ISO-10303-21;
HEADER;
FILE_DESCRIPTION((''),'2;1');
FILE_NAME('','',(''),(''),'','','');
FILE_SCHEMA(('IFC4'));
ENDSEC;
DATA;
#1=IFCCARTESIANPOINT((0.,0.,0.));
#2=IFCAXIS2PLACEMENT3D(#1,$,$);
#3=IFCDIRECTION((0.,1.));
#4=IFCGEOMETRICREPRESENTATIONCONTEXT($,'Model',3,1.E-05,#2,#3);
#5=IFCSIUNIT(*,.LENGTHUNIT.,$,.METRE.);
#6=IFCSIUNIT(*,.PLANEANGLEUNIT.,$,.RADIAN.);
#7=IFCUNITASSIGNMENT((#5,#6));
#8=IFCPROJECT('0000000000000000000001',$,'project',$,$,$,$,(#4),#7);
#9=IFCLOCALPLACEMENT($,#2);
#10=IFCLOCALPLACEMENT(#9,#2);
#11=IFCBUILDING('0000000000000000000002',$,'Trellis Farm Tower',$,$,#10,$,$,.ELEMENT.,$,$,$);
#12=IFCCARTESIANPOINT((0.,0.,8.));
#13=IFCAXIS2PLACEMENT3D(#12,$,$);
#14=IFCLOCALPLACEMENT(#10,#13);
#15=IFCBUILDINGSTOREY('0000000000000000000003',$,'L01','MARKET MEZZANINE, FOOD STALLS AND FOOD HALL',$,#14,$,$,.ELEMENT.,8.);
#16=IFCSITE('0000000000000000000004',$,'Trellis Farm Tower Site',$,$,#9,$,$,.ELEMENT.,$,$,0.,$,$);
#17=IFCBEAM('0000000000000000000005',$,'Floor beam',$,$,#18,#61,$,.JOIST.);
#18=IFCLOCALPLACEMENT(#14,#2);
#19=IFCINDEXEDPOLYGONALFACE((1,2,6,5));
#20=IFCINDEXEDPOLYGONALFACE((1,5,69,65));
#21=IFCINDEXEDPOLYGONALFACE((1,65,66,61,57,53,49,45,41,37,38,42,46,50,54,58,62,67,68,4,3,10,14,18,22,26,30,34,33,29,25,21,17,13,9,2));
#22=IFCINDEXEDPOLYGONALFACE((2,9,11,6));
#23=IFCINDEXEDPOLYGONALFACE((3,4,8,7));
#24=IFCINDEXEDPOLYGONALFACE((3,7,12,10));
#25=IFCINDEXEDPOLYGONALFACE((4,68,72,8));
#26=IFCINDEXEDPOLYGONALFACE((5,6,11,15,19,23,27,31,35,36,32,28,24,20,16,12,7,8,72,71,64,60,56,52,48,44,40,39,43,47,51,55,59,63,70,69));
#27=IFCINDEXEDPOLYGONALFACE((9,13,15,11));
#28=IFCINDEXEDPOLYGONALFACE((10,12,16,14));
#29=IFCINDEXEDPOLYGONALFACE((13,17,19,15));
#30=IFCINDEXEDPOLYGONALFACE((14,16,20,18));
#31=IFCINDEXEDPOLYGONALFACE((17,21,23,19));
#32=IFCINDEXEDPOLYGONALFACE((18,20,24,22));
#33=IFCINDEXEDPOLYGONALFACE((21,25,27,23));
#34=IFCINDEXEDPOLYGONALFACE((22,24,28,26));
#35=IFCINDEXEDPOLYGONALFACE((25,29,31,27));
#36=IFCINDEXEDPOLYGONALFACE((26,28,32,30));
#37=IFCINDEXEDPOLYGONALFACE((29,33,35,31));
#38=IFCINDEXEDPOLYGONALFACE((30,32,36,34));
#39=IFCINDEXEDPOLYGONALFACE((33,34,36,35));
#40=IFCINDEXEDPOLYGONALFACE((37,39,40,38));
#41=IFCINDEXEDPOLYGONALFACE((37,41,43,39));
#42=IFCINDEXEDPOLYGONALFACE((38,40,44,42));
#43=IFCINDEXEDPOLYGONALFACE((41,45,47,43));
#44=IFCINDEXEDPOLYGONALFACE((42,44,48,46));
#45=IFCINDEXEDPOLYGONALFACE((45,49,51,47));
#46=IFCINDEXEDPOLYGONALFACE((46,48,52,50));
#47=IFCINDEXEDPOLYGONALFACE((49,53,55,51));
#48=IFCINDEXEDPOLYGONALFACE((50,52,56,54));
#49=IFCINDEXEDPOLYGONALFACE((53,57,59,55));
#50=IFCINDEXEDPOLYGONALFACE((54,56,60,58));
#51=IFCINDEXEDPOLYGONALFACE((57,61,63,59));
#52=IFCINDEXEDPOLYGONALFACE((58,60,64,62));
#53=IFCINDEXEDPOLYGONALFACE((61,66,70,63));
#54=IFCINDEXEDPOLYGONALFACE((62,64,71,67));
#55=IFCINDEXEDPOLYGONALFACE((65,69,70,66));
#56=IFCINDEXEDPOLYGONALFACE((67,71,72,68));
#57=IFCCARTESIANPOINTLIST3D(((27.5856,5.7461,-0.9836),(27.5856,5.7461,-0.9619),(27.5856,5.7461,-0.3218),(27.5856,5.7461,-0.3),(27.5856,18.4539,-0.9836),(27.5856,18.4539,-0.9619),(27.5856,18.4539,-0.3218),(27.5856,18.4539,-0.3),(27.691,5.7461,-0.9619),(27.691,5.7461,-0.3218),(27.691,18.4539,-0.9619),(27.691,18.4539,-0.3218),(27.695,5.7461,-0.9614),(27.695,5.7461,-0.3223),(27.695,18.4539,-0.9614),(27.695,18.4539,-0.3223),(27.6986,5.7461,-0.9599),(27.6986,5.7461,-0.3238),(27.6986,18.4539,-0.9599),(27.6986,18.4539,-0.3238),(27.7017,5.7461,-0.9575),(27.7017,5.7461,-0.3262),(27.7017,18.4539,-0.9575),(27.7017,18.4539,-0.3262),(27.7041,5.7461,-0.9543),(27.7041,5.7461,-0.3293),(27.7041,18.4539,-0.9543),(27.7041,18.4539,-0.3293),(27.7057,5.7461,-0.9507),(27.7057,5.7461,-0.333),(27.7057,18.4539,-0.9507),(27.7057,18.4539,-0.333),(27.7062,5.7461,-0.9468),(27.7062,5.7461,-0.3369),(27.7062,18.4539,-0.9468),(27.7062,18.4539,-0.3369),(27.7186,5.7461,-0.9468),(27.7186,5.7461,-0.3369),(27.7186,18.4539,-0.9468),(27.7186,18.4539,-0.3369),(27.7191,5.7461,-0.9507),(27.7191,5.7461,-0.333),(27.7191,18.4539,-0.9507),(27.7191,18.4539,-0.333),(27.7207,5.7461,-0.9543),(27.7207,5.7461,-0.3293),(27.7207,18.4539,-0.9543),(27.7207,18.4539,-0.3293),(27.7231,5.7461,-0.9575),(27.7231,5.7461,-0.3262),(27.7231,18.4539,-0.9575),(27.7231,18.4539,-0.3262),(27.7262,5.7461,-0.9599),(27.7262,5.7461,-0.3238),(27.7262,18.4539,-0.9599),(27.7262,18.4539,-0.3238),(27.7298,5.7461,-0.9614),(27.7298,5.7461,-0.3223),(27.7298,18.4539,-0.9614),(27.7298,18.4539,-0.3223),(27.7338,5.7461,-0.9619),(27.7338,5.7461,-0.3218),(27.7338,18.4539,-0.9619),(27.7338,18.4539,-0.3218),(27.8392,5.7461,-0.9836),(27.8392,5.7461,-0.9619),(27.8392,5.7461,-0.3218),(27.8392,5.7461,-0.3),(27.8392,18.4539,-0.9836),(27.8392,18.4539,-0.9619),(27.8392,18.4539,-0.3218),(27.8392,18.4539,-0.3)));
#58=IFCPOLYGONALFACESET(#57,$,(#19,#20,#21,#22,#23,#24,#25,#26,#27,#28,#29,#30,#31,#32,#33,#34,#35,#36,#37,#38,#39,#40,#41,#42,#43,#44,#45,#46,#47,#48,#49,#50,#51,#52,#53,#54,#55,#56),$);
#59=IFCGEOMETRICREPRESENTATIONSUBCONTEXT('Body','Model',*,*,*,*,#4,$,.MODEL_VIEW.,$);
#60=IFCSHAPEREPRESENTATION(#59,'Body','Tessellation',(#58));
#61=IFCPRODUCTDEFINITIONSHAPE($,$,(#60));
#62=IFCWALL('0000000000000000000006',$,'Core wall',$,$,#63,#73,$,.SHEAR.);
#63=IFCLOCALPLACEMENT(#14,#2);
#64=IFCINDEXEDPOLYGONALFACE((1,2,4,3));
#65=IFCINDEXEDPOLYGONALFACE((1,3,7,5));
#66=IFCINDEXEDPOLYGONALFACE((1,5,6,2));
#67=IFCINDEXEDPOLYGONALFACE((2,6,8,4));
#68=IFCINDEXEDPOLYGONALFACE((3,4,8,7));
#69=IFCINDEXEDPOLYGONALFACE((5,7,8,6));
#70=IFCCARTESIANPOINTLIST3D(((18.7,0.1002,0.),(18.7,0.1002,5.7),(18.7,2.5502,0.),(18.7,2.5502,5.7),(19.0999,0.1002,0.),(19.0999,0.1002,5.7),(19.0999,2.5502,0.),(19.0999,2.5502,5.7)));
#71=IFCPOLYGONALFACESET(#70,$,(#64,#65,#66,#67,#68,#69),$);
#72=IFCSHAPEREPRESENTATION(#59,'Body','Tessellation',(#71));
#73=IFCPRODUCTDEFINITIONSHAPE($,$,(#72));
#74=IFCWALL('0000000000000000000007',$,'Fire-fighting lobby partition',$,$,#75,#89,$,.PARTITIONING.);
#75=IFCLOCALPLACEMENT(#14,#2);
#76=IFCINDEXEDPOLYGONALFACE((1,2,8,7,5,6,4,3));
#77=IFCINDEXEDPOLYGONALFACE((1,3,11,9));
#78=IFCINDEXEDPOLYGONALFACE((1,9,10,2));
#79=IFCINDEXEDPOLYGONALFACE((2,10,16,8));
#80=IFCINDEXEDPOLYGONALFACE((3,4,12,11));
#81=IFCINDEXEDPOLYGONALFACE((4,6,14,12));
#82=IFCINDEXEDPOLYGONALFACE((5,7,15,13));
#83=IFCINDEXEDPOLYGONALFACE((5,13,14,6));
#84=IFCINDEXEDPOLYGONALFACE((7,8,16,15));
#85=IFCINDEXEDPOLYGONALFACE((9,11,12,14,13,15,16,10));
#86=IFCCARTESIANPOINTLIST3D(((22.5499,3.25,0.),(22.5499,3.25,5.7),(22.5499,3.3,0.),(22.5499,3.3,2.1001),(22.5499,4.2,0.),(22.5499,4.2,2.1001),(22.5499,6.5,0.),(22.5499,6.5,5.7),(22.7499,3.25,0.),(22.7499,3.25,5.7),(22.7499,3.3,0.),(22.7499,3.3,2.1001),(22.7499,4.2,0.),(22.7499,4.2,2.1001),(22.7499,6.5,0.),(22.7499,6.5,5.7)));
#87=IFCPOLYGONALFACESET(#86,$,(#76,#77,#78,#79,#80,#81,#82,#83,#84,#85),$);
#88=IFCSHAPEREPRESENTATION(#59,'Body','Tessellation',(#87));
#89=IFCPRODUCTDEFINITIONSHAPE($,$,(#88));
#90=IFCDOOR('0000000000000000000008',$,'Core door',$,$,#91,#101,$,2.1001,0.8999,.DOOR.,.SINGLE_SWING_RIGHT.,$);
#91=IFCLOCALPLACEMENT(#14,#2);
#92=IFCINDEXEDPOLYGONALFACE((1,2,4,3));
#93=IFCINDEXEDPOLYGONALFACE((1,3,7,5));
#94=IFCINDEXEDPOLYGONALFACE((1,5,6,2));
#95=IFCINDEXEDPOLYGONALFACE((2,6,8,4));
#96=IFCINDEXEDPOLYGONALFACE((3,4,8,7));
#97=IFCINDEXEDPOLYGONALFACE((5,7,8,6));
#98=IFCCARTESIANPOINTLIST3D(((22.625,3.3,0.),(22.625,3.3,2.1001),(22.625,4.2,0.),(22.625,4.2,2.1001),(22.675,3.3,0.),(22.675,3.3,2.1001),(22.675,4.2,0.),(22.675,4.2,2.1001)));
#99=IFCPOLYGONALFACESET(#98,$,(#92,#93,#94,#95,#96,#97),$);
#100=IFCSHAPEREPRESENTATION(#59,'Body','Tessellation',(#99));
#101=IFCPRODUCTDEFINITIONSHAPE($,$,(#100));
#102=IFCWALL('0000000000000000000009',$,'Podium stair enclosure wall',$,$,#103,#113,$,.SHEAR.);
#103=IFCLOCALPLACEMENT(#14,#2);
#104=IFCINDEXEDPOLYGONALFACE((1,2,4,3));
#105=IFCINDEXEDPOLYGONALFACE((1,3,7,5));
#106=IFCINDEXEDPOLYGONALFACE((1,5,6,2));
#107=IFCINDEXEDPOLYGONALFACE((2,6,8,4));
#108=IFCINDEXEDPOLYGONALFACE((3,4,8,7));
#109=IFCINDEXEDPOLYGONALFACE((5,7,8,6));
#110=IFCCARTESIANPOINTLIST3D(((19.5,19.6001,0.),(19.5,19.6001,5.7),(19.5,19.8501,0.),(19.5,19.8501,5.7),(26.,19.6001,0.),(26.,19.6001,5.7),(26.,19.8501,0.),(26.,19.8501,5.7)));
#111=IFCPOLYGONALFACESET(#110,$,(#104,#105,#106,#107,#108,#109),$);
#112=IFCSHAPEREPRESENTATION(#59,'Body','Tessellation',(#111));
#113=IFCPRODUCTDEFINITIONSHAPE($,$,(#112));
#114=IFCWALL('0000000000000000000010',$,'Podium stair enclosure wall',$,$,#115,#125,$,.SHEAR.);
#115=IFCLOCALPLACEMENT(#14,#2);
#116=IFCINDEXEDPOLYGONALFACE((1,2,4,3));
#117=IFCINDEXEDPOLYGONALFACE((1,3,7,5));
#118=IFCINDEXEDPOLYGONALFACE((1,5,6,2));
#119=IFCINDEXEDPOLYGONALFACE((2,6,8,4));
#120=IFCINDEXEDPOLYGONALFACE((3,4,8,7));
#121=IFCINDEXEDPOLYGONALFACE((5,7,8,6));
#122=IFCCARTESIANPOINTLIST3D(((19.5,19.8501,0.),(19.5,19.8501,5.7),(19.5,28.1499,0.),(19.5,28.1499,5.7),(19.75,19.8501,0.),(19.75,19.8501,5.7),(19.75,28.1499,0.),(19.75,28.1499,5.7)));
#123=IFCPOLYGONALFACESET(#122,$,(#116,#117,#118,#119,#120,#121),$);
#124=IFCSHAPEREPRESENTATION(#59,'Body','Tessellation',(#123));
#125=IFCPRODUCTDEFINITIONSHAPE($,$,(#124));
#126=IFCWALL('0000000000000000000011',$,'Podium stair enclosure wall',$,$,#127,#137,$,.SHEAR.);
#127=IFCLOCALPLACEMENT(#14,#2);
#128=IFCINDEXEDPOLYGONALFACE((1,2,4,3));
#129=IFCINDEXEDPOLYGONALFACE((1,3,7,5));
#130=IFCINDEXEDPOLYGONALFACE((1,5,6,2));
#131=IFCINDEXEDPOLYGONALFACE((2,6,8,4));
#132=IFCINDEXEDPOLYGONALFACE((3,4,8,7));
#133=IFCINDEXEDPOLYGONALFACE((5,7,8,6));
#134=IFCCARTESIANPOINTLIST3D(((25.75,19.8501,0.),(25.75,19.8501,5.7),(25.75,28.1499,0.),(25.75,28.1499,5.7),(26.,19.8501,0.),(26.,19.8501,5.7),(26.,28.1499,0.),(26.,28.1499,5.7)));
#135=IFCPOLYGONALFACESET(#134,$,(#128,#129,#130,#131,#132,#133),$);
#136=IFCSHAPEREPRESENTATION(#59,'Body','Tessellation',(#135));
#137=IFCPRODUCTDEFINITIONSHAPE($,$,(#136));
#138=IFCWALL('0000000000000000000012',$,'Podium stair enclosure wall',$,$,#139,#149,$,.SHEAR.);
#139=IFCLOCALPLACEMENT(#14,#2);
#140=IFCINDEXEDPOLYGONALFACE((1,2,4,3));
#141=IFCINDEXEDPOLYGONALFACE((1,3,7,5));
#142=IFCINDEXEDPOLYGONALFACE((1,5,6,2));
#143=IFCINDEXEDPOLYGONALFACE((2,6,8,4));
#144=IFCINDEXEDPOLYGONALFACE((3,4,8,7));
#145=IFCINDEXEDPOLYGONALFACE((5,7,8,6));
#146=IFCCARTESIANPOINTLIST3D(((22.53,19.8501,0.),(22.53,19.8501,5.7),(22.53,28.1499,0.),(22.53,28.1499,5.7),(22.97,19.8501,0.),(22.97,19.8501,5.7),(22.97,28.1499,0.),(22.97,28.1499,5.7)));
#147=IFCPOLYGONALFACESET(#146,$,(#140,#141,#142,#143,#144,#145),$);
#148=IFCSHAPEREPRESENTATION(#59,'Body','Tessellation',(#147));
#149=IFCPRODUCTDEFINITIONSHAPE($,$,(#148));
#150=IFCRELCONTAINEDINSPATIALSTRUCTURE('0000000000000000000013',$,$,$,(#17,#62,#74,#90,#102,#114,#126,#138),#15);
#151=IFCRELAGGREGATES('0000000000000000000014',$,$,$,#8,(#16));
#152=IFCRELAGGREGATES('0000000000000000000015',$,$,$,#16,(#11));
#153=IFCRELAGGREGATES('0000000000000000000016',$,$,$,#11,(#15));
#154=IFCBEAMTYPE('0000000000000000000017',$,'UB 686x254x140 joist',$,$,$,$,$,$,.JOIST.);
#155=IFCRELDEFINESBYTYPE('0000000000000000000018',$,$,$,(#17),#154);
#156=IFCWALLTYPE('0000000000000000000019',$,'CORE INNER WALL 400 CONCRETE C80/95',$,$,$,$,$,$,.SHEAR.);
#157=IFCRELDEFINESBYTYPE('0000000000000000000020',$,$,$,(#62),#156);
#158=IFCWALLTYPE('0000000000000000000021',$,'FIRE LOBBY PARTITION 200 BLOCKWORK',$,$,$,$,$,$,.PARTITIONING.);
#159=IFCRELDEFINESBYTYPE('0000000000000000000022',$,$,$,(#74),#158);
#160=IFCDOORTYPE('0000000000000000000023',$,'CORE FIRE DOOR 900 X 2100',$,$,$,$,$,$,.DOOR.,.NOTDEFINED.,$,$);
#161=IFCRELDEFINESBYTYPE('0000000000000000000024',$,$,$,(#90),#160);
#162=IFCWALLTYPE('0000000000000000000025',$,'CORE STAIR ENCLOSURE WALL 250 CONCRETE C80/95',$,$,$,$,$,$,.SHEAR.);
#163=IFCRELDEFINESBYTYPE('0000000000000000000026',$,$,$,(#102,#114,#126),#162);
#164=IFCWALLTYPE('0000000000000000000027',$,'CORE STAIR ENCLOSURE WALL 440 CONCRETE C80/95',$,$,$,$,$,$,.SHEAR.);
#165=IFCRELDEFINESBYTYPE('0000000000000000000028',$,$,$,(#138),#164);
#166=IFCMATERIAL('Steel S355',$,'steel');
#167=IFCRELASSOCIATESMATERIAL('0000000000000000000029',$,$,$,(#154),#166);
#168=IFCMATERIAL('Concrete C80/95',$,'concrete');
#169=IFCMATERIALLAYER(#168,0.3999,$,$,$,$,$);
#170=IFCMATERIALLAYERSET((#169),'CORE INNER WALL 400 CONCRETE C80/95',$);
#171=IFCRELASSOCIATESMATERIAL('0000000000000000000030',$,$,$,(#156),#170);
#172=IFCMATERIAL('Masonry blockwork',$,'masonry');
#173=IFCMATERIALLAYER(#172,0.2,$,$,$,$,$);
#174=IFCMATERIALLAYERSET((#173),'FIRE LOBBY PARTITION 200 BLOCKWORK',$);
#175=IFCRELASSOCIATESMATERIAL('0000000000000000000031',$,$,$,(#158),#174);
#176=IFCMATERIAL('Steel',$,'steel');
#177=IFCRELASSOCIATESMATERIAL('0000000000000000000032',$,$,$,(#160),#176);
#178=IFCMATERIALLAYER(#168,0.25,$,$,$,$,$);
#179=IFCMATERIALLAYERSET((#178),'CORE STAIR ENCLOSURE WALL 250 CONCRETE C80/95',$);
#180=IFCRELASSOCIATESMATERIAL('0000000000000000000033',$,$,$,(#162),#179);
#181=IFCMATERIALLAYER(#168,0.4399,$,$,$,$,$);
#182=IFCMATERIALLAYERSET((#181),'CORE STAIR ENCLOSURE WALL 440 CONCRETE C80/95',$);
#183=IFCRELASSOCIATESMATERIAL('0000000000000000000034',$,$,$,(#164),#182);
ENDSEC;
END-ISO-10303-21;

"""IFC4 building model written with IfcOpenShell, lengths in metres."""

from ifc_helpers import new_model, si_unit, direction, frame, frame_2d, origin, origin_2d, place, context, subcontext, project, spatial, rectangle, i_section, extrude, source, transform, mapped, material, layer, layer_set, material_profile, profile_set, type_object, element, fill, save


model = new_model("IFC4")

# Units and contexts
model_context = context("Model", 3, precision=1e-05, world=origin(), true_north=direction((0.0, 1.0)))
body_context = subcontext(model_context, "Body", "Model", "MODEL_VIEW")
ifc_project = project(units=[si_unit("LENGTHUNIT", "METRE"), si_unit("PLANEANGLEUNIT", "RADIAN")], contexts=[model_context])

# Site, building, storey
site_placement = place(None, origin())
site = spatial("IfcSite", under=ifc_project, at=site_placement, Name="Trellis Farm Tower Site", CompositionType="ELEMENT", RefElevation=0.0)
building_placement = place(site_placement, origin())
building = spatial("IfcBuilding", under=site, at=building_placement, Name="Trellis Farm Tower", CompositionType="ELEMENT")
storey_placement = place(building_placement, frame((0.0, 0.0, 8.0)))
storey = spatial("IfcBuildingStorey", under=building, at=storey_placement, Name="L01", Description="MARKET MEZZANINE, FOOD STALLS AND FOOD HALL", CompositionType="ELEMENT", Elevation=8.0)

# Shared definitions
ifc_material_1 = material(Name="Concrete C80/95", Category="concrete")

# Beam
ifc_material_2 = material(Name="Steel S355", Category="steel")
ifc_material_profile_1 = material_profile(ifc_material_2, i_section(OverallWidth=0.2537, OverallDepth=0.6836, WebThickness=0.0125, FlangeThickness=0.0217, FilletRadius=0.0151, at=origin_2d()), Name="UB 686x254x140")
ifc_profile_set_1 = profile_set([ifc_material_profile_1], Name="Steel S355")
beam_type_1 = type_object("IfcBeamType", Name="UB 686x254x140 joist", PredefinedType="JOIST", material=ifc_profile_set_1)
shared_shape_1 = source(origin(), body_context, "Body", "SweptSolid", [
    extrude(i_section(OverallWidth=0.2537, OverallDepth=0.6836, WebThickness=0.0125, FlangeThickness=0.0217, FilletRadius=0.0151, at=origin_2d()), origin(), (0.0, 0.0, 1.0), 12.7078),
])
for number, where, z_axis, x_axis, name in (
    (1, (27.7124, 5.7461, -0.6418), (0.0, 1.0, 0.0), (-1.0, 0.0, 0.0), "Floor beam"),
):
    element("IfcBeam", number, at=place(storey_placement, frame(where, z_axis=z_axis, x_axis=x_axis)), inside=storey, type_object=beam_type_1, Name=name, PredefinedType="JOIST", context=body_context, shape_type="MappedRepresentation", body=[
        mapped(shared_shape_1, transform((0.0, 0.0, 0.0))),
    ])

# Wall
ifc_layer_1 = layer(ifc_material_1, 0.3999)
ifc_layer_set_1 = layer_set([ifc_layer_1], Name="CORE INNER WALL 400 CONCRETE C80/95")
wall_type_1 = type_object("IfcWallType", Name="CORE INNER WALL 400 CONCRETE C80/95", PredefinedType="SHEAR", material=ifc_layer_set_1)
shared_shape_2 = source(origin(), body_context, "Body", "SweptSolid", [
    extrude(rectangle(XDim=2.45, YDim=0.3999, at=frame_2d((1.2251, 0.0))), origin(), (0.0, 0.0, 1.0), 5.7),
])
wall_1_placement = place(storey_placement, frame((18.8999, 0.1001, 0.0), z_axis=(0.0, 0.0, 1.0), x_axis=(0.0, 1.0, 0.0)))
element("IfcWall", 2, at=wall_1_placement, inside=storey, type_object=wall_type_1, Name="Core wall", PredefinedType="SHEAR", context=body_context, shape_type="MappedRepresentation", body=[
    mapped(shared_shape_2, transform((0.0, 0.0, 0.0))),
])

# Wall, opening, door
ifc_material_3 = material(Name="Masonry blockwork", Category="masonry")
ifc_layer_2 = layer(ifc_material_3, 0.2)
ifc_layer_set_2 = layer_set([ifc_layer_2], Name="FIRE LOBBY PARTITION 200 BLOCKWORK")
wall_type_2 = type_object("IfcWallType", Name="FIRE LOBBY PARTITION 200 BLOCKWORK", PredefinedType="PARTITIONING", material=ifc_layer_set_2)
shared_shape_3 = source(origin(), body_context, "Body", "SweptSolid", [
    extrude(rectangle(XDim=3.25, YDim=0.2, at=frame_2d((1.625, 0.0))), origin(), (0.0, 0.0, 1.0), 5.7),
])
wall_2_placement = place(storey_placement, frame((22.6499, 3.25, 0.0), z_axis=(0.0, 0.0, 1.0), x_axis=(0.0, 1.0, 0.0)))
wall_2 = element("IfcWall", 3, at=wall_2_placement, inside=storey, type_object=wall_type_2, Name="Fire-fighting lobby partition", PredefinedType="PARTITIONING", context=body_context, shape_type="MappedRepresentation", body=[
    mapped(shared_shape_3, transform((0.0, 0.0, 0.0))),
])
shared_shape_4 = source(origin(), body_context, "Body", "SweptSolid", [
    extrude(rectangle(XDim=0.8999, YDim=2.1001, at=frame_2d((0.45, 1.05))), frame((0.0, 0.1101, 0.0), z_axis=(0.0, -1.0, 0.0), x_axis=(1.0, 0.0, 0.0)), (0.0, 0.0, 1.0), 0.2202),
])
opening_1_placement = place(wall_2_placement, frame((0.05, 0.0, 0.0)))
opening_1 = element("IfcOpeningElement", 4, at=opening_1_placement, cuts=wall_2, PredefinedType="OPENING", context=body_context, shape_type="MappedRepresentation", body=[
    mapped(shared_shape_4, transform((0.0, 0.0, 0.0))),
])
ifc_material_4 = material(Name="Steel", Category="steel")
door_type_1 = type_object("IfcDoorType", Name="CORE FIRE DOOR 900 X 2100", OperationType="NOTDEFINED", PredefinedType="DOOR", material=ifc_material_4)
shared_shape_5 = source(origin(), body_context, "Body", "SweptSolid", [
    extrude(rectangle(XDim=0.8999, YDim=2.1001, at=frame_2d((0.45, 1.05))), frame((0.0, 0.0249, 0.0), z_axis=(0.0, -1.0, 0.0), x_axis=(1.0, 0.0, 0.0)), (0.0, 0.0, 1.0), 0.05),
])
door_1_placement = place(opening_1_placement, origin())
door_1 = element("IfcDoor", 5, at=door_1_placement, inside=storey, type_object=door_type_1, Name="Core door", OperationType="SINGLE_SWING_RIGHT", OverallHeight=2.1001, OverallWidth=0.8999, PredefinedType="DOOR", context=body_context, shape_type="MappedRepresentation", body=[
    mapped(shared_shape_5, transform((0.0, 0.0, 0.0))),
])
fill(opening_1, door_1)

# Walls
ifc_layer_3 = layer(ifc_material_1, 0.25)
ifc_layer_set_3 = layer_set([ifc_layer_3], Name="CORE STAIR ENCLOSURE WALL 250 CONCRETE C80/95")
wall_type_3 = type_object("IfcWallType", Name="CORE STAIR ENCLOSURE WALL 250 CONCRETE C80/95", PredefinedType="SHEAR", material=ifc_layer_set_3)
shared_shape_6 = source(origin(), body_context, "Body", "SweptSolid", [
    extrude(rectangle(XDim=6.5, YDim=0.25, at=frame_2d((3.25, 0.0))), origin(), (0.0, 0.0, 1.0), 5.7),
])
wall_3_placement = place(storey_placement, frame((19.5, 19.7251, 0.0), z_axis=(0.0, 0.0, 1.0), x_axis=(1.0, 0.0, 0.0)))
element("IfcWall", 6, at=wall_3_placement, inside=storey, type_object=wall_type_3, Name="Podium stair enclosure wall", PredefinedType="SHEAR", context=body_context, shape_type="MappedRepresentation", body=[
    mapped(shared_shape_6, transform((0.0, 0.0, 0.0))),
])
shared_shape_7 = source(origin(), body_context, "Body", "SweptSolid", [
    extrude(rectangle(XDim=8.2998, YDim=0.25, at=frame_2d((4.1499, 0.0))), origin(), (0.0, 0.0, 1.0), 5.7),
])
for number, where, z_axis, x_axis, name in (
    (7, (19.625, 19.8501, 0.0), (0.0, 0.0, 1.0), (0.0, 1.0, 0.0), "Podium stair enclosure wall"),
    (8, (25.875, 19.8501, 0.0), (0.0, 0.0, 1.0), (0.0, 1.0, 0.0), "Podium stair enclosure wall"),
):
    element("IfcWall", number, at=place(storey_placement, frame(where, z_axis=z_axis, x_axis=x_axis)), inside=storey, type_object=wall_type_3, Name=name, PredefinedType="SHEAR", context=body_context, shape_type="MappedRepresentation", body=[
        mapped(shared_shape_7, transform((0.0, 0.0, 0.0))),
    ])
ifc_layer_4 = layer(ifc_material_1, 0.4399)
ifc_layer_set_4 = layer_set([ifc_layer_4], Name="CORE STAIR ENCLOSURE WALL 440 CONCRETE C80/95")
wall_type_4 = type_object("IfcWallType", Name="CORE STAIR ENCLOSURE WALL 440 CONCRETE C80/95", PredefinedType="SHEAR", material=ifc_layer_set_4)
shared_shape_8 = source(origin(), body_context, "Body", "SweptSolid", [
    extrude(rectangle(XDim=8.2998, YDim=0.4399, at=frame_2d((4.1499, 0.0))), origin(), (0.0, 0.0, 1.0), 5.7),
])
wall_4_placement = place(storey_placement, frame((22.75, 19.8501, 0.0), z_axis=(0.0, 0.0, 1.0), x_axis=(0.0, 1.0, 0.0)))
element("IfcWall", 9, at=wall_4_placement, inside=storey, type_object=wall_type_4, Name="Podium stair enclosure wall", PredefinedType="SHEAR", context=body_context, shape_type="MappedRepresentation", body=[
    mapped(shared_shape_8, transform((0.0, 0.0, 0.0))),
])

save(model, "model.ifc")
